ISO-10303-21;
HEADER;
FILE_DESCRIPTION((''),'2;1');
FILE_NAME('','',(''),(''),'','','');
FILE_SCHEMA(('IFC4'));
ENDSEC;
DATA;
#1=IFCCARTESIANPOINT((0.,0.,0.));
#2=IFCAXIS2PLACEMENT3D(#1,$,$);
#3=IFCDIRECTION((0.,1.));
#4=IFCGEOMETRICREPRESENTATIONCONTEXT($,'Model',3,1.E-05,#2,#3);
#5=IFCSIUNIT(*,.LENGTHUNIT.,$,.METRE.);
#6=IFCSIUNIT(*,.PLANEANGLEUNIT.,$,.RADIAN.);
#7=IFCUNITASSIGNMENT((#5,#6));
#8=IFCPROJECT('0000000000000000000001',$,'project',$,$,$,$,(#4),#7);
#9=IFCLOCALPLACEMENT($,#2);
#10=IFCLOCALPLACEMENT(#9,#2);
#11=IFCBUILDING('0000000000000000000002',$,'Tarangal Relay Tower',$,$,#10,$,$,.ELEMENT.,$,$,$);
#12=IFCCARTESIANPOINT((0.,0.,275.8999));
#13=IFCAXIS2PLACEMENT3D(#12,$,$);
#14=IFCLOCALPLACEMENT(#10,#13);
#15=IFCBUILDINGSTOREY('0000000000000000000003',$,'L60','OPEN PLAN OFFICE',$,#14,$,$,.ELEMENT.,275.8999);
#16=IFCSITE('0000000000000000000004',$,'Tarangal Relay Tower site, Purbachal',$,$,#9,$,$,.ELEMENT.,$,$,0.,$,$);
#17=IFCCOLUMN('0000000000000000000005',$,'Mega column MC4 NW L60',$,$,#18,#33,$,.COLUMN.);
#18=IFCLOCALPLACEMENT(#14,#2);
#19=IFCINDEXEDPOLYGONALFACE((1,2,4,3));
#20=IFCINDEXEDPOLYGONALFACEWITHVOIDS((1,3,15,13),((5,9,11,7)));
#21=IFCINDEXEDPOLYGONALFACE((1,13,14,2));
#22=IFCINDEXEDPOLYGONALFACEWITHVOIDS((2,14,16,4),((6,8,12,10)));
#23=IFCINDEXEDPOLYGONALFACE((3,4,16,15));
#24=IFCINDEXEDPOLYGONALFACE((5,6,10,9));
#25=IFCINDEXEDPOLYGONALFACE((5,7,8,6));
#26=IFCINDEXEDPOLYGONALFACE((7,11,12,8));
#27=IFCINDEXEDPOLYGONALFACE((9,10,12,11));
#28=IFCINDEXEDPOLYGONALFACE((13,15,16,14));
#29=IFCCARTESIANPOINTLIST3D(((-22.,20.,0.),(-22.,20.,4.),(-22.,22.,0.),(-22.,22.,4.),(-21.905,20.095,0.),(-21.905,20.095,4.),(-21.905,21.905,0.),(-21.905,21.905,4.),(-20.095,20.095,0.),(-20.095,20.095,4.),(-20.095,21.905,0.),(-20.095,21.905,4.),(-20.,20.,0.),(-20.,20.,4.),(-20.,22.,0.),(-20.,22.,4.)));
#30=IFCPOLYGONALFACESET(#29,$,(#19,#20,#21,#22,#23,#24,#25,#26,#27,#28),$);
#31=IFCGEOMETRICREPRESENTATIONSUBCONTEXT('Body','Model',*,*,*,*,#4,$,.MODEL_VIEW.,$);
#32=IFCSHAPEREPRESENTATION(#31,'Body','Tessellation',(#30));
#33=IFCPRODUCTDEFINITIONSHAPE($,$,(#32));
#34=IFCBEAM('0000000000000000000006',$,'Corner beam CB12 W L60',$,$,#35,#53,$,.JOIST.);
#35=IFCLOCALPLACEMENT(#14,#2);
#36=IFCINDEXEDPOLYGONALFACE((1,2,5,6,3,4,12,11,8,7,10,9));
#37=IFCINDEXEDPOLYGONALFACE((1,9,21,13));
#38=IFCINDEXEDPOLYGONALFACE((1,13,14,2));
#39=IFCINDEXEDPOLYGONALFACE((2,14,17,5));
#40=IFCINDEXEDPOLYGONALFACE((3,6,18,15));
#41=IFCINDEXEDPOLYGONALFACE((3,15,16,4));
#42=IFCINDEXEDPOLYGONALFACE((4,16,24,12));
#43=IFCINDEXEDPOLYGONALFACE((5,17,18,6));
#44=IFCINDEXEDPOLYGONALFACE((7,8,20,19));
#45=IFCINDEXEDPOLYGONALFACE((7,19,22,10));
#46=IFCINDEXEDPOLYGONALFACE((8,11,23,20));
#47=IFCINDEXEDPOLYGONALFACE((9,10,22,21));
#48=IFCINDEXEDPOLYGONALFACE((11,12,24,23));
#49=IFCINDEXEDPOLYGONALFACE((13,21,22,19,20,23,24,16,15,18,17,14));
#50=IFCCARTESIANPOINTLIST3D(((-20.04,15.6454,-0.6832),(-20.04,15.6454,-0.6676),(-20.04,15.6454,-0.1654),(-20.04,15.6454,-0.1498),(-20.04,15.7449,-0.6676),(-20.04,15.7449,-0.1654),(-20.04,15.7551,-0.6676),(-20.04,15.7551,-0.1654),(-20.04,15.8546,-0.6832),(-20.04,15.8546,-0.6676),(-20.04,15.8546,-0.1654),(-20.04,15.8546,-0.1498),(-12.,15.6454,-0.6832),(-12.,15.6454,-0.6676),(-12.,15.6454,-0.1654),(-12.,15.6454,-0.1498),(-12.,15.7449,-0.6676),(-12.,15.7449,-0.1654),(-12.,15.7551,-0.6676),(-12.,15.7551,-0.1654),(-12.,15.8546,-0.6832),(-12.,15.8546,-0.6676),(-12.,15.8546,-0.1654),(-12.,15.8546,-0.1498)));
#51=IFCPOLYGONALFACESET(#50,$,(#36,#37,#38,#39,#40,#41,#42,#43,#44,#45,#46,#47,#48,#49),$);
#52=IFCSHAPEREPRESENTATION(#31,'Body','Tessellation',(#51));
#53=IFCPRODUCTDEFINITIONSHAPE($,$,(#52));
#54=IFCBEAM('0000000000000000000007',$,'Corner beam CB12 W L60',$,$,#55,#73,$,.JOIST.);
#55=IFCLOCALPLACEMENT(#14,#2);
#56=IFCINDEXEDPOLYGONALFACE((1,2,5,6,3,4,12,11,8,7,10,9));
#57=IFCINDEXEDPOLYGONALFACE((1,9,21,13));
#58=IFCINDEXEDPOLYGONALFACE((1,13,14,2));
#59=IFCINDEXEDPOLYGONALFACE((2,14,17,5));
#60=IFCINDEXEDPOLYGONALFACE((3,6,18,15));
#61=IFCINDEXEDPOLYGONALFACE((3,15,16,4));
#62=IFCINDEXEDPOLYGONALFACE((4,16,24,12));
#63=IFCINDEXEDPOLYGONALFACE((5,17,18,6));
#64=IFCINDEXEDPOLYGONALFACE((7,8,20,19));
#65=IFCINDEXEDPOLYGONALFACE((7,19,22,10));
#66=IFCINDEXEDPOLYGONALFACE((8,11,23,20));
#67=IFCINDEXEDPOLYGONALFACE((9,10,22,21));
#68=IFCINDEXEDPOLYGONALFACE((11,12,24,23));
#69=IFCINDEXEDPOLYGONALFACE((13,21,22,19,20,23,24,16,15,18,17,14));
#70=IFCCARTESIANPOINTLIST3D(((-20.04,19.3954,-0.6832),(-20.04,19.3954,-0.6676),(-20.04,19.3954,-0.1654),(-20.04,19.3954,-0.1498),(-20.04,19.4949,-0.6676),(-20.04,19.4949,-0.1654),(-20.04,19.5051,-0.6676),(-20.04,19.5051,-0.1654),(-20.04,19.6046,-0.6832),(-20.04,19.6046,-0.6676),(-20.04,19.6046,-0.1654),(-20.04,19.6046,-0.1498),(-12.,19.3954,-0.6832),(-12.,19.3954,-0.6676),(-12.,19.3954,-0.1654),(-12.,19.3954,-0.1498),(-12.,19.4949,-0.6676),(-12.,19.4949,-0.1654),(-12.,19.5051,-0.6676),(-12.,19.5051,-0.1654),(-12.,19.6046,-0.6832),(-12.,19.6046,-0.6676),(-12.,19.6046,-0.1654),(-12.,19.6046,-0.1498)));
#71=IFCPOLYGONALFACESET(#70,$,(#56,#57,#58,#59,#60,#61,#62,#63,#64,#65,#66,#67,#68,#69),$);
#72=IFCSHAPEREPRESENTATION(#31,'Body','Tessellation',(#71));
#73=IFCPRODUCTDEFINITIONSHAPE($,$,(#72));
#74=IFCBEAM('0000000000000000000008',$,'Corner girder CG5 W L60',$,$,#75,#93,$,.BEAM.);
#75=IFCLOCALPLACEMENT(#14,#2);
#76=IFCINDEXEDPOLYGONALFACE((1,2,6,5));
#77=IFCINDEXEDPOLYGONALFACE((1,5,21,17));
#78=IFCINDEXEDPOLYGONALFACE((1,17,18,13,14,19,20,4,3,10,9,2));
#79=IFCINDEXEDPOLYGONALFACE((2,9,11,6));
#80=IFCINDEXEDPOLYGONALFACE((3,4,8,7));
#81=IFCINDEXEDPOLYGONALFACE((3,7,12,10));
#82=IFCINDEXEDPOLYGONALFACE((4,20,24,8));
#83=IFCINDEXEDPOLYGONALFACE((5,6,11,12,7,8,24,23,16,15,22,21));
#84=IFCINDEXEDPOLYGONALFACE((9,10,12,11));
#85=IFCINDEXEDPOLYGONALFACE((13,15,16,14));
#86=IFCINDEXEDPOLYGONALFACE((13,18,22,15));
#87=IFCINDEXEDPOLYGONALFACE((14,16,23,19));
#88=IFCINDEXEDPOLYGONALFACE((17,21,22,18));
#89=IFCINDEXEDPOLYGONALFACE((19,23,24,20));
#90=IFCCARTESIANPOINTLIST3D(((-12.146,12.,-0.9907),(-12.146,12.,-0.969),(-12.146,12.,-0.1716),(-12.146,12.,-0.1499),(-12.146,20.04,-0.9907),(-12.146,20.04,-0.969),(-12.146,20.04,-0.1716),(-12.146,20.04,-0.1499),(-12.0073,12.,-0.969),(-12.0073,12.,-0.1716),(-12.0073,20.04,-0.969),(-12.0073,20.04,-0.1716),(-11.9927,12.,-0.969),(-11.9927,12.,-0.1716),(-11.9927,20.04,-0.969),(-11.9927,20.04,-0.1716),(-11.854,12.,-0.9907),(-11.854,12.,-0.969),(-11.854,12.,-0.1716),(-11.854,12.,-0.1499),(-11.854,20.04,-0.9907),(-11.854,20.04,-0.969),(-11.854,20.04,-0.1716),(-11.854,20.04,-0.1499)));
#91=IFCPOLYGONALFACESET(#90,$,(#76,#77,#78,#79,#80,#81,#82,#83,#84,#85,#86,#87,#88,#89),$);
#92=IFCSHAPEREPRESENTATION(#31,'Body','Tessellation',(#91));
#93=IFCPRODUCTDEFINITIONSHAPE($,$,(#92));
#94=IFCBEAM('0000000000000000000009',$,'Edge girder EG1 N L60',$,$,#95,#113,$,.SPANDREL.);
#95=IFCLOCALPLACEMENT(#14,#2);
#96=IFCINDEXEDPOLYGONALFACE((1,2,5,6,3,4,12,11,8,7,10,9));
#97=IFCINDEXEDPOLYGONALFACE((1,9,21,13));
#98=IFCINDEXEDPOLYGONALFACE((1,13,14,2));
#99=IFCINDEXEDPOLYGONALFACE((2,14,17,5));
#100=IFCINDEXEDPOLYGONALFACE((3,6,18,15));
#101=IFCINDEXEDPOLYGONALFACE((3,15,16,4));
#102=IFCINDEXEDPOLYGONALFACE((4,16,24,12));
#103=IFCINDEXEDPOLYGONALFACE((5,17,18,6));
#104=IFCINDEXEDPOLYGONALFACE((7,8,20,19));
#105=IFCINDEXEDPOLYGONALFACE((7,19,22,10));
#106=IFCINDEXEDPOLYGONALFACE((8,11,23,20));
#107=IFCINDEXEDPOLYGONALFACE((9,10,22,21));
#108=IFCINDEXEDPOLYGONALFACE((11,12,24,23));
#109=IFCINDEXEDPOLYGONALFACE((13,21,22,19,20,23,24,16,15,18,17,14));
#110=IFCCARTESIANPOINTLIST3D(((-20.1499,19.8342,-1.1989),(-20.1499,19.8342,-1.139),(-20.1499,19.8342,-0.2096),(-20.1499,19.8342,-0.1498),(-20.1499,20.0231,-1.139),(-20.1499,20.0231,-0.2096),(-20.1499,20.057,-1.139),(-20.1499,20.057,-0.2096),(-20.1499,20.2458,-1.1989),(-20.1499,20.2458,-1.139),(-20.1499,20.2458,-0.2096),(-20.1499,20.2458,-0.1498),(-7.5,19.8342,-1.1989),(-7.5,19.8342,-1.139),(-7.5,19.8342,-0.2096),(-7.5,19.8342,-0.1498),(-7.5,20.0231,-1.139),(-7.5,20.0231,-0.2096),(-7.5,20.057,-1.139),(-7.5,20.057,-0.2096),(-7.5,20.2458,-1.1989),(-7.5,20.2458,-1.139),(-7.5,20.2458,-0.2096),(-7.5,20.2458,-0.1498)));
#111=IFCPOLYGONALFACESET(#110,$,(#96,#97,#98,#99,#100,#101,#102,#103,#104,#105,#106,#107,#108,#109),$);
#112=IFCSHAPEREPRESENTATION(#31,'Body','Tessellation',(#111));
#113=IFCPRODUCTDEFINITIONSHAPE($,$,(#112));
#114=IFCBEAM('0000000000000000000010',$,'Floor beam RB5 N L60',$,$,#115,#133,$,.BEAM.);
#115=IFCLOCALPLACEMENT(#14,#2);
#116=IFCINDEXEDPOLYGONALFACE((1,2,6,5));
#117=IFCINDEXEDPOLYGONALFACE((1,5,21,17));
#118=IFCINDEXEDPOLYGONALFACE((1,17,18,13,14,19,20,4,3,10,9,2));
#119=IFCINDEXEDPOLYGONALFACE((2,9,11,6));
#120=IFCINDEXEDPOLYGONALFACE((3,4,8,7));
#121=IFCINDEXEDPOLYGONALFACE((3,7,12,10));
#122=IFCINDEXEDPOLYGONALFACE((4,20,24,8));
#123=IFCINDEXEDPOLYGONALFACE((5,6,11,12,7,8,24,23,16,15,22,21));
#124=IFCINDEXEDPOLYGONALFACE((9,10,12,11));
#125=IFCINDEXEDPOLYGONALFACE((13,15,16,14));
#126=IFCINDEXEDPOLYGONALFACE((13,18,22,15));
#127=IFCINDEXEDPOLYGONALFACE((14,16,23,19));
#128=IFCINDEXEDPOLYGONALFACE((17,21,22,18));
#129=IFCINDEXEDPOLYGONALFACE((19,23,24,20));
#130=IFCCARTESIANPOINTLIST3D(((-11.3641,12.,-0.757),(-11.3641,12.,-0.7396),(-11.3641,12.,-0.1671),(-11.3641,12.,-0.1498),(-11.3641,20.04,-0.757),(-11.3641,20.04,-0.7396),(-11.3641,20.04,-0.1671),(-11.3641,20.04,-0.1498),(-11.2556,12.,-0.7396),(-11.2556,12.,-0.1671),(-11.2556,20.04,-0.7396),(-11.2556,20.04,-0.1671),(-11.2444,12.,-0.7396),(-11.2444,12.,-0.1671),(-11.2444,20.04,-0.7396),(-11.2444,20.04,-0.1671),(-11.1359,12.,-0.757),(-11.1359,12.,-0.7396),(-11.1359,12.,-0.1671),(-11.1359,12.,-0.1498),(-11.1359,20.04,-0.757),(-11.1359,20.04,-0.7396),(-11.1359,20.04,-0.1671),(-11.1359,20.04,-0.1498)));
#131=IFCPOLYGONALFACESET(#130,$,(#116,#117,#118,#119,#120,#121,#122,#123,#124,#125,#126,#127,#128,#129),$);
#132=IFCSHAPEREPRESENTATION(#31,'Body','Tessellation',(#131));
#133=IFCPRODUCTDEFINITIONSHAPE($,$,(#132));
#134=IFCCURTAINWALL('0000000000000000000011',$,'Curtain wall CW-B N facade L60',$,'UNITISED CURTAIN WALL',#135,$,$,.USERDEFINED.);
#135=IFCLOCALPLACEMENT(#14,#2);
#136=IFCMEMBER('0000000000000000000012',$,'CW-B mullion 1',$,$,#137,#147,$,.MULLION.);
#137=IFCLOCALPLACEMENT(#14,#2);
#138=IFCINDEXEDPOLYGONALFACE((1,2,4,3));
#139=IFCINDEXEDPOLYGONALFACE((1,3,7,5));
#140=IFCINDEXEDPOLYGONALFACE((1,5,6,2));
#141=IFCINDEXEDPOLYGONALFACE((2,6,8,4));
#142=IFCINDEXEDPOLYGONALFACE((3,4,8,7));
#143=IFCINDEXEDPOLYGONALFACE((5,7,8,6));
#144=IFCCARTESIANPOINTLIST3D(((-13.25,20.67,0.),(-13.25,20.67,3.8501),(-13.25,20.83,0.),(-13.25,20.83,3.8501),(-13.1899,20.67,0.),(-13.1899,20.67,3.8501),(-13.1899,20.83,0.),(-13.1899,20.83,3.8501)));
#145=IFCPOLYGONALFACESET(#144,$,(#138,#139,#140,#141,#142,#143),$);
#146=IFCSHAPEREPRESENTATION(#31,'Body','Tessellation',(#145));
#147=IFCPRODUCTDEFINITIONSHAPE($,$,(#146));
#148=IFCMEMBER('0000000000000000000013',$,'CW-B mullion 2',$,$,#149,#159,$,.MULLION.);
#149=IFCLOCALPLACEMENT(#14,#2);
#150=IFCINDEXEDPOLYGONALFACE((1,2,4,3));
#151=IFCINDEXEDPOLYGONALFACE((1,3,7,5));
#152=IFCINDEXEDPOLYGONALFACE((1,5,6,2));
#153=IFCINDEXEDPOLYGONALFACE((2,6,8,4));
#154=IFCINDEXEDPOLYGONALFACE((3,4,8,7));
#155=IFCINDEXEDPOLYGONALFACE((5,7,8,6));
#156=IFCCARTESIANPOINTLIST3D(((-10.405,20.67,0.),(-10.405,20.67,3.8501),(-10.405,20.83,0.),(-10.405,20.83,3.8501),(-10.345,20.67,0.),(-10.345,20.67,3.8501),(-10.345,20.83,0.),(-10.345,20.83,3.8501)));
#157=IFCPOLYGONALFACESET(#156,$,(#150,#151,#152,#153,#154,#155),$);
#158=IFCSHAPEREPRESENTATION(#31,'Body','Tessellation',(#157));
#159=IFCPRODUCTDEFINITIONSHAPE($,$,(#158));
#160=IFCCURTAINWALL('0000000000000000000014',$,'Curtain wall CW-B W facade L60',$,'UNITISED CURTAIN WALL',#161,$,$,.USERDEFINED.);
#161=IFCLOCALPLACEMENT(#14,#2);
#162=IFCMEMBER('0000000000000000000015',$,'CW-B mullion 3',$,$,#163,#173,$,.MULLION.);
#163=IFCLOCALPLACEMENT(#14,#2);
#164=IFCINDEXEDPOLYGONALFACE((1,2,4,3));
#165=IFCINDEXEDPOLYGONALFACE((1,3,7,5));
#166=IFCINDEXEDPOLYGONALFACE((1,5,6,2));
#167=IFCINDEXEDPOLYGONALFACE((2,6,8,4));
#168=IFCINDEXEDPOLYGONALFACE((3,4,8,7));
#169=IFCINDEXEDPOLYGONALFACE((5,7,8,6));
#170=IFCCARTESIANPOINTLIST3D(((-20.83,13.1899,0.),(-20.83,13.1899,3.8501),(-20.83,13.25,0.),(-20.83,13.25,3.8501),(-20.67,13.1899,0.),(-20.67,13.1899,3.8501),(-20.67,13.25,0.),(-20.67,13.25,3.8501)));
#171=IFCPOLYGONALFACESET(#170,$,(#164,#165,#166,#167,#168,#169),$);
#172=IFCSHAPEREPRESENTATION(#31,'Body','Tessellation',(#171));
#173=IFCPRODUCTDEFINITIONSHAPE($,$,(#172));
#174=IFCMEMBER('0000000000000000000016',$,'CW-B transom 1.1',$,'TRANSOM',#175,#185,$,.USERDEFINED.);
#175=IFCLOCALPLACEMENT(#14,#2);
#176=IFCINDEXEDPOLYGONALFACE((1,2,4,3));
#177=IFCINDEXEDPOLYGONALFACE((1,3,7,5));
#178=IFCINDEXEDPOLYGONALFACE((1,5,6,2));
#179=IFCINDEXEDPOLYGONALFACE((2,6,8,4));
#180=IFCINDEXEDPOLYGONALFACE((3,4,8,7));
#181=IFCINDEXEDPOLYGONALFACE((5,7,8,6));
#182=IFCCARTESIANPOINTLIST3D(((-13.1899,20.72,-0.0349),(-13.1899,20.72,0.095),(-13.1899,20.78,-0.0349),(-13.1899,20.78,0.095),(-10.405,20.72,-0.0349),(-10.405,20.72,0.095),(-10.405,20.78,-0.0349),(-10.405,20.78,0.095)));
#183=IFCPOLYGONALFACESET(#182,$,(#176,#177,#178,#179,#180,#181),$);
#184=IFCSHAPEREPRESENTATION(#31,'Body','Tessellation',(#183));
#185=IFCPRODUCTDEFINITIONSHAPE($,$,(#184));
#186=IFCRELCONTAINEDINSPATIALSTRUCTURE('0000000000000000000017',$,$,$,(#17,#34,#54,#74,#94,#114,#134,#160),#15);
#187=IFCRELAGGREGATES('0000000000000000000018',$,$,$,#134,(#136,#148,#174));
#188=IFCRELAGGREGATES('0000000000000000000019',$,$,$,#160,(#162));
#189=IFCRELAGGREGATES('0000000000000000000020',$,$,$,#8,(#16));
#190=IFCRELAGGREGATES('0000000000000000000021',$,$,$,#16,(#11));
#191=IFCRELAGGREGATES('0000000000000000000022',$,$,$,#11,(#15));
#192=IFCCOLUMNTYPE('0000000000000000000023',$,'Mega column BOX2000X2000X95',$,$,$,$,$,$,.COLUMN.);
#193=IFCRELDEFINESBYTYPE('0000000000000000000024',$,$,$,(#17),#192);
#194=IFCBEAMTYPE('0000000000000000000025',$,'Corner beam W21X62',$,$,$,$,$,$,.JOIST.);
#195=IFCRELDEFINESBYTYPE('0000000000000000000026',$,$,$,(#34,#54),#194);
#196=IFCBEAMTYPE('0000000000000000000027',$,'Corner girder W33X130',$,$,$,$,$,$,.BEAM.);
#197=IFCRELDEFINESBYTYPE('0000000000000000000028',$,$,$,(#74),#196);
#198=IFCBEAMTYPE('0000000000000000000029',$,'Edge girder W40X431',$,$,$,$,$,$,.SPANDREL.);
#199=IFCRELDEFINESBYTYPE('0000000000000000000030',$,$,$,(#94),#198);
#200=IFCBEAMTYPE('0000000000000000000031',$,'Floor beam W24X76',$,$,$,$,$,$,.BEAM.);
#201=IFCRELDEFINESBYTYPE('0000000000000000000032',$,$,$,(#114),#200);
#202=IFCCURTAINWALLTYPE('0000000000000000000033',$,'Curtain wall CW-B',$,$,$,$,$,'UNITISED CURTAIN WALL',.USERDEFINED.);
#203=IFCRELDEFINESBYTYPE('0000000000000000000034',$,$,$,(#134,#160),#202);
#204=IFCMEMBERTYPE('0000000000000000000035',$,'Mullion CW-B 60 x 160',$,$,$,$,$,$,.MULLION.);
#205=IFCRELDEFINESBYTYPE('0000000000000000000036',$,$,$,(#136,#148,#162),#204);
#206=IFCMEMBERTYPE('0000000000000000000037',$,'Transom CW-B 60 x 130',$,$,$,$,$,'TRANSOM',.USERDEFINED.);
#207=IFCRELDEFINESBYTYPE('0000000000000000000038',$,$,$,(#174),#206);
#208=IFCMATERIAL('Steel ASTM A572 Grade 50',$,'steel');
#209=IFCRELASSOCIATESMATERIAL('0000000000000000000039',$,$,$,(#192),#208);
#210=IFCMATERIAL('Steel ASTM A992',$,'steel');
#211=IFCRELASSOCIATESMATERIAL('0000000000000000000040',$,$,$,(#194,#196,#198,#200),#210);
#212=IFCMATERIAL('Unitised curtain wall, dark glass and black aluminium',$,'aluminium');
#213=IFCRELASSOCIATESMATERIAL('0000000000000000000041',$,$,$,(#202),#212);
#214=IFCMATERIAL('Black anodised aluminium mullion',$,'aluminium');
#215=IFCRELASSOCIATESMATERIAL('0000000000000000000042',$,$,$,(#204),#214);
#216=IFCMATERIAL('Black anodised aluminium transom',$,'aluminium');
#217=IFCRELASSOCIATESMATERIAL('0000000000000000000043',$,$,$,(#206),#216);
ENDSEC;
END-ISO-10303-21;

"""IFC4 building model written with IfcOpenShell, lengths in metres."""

from ifc_helpers import new_model, si_unit, direction, frame, origin, origin_2d, place, context, subcontext, project, spatial, rectangle, hollow_rectangle, i_section, extrude, material, material_profile, profile_set, type_object, element, aggregate, save


model = new_model("IFC4")

# Units and contexts
model_context = context("Model", 3, precision=1e-05, world=origin(), true_north=direction((0.0, 1.0)))
body_context = subcontext(model_context, "Body", "Model", "MODEL_VIEW")
ifc_project = project(units=[si_unit("LENGTHUNIT", "METRE"), si_unit("PLANEANGLEUNIT", "RADIAN")], contexts=[model_context])

# Site, building, storey
site_placement = place(None, origin())
site = spatial("IfcSite", under=ifc_project, at=site_placement, Name="Tarangal Relay Tower site, Purbachal", CompositionType="ELEMENT", RefElevation=0.0)
building_placement = place(site_placement, origin())
building = spatial("IfcBuilding", under=site, at=building_placement, Name="Tarangal Relay Tower", CompositionType="ELEMENT")
storey_placement = place(building_placement, frame((0.0, 0.0, 275.8999)))
storey = spatial("IfcBuildingStorey", under=building, at=storey_placement, Name="L60", Description="OPEN PLAN OFFICE", CompositionType="ELEMENT", Elevation=275.8999)

# Column
ifc_material_1 = material(Name="Steel ASTM A572 Grade 50", Category="steel")
ifc_material_profile_1 = material_profile(ifc_material_1, hollow_rectangle(XDim=2.0, YDim=2.0, WallThickness=0.095, at=origin_2d()), Name="BOX2000X2000X95")
ifc_profile_set_1 = profile_set([ifc_material_profile_1], Name="Steel ASTM A572 Grade 50")
column_type = type_object("IfcColumnType", Name="Mega column BOX2000X2000X95", PredefinedType="COLUMN", material=ifc_profile_set_1)
column_placement = place(storey_placement, frame((-21.0, 21.0, 0.0), z_axis=(0.0, 0.0, 1.0), x_axis=(1.0, 0.0, 0.0)))
element("IfcColumn", 1, at=column_placement, inside=storey, type_object=column_type, Name="Mega column MC4 NW L60", PredefinedType="COLUMN", context=body_context, shape_type="SweptSolid", body=[
    extrude(hollow_rectangle(XDim=2.0, YDim=2.0, WallThickness=0.095, at=origin_2d()), origin(), (0.0, 0.0, 1.0), 4.0),
])

# Beams
ifc_material_2 = material(Name="Steel ASTM A992", Category="steel")
ifc_material_profile_2 = material_profile(ifc_material_2, i_section(OverallWidth=0.2092, OverallDepth=0.5334, WebThickness=0.0103, FlangeThickness=0.0156, at=origin_2d()), Name="W21X62")
ifc_profile_set_2 = profile_set([ifc_material_profile_2], Name="Steel ASTM A992")
beam_type_1 = type_object("IfcBeamType", Name="Corner beam W21X62", PredefinedType="JOIST", material=ifc_profile_set_2)
for number, where, z_axis, x_axis, name in (
    (2, (-12.0, 15.75, -0.4165), (-1.0, 0.0, 0.0), (0.0, -1.0, 0.0), "Corner beam CB12 W L60"),
    (3, (-12.0, 19.5, -0.4165), (-1.0, 0.0, 0.0), (0.0, -1.0, 0.0), "Corner beam CB12 W L60"),
):
    element("IfcBeam", number, at=place(storey_placement, frame(where, z_axis=z_axis, x_axis=x_axis)), inside=storey, type_object=beam_type_1, Name=name, PredefinedType="JOIST", context=body_context, shape_type="SweptSolid", body=[
        extrude(i_section(OverallWidth=0.2092, OverallDepth=0.5334, WebThickness=0.0103, FlangeThickness=0.0156, at=origin_2d()), origin(), (0.0, 0.0, 1.0), 8.04),
    ])
ifc_material_profile_3 = material_profile(ifc_material_2, i_section(OverallWidth=0.292, OverallDepth=0.8408, WebThickness=0.0146, FlangeThickness=0.0217, at=origin_2d()), Name="W33X130")
ifc_profile_set_3 = profile_set([ifc_material_profile_3], Name="Steel ASTM A992")
beam_type_2 = type_object("IfcBeamType", Name="Corner girder W33X130", PredefinedType="BEAM", material=ifc_profile_set_3)
beam_1_placement = place(storey_placement, frame((-12.0, 12.0, -0.5703), z_axis=(0.0, 1.0, 0.0), x_axis=(-1.0, 0.0, 0.0)))
element("IfcBeam", 4, at=beam_1_placement, inside=storey, type_object=beam_type_2, Name="Corner girder CG5 W L60", PredefinedType="BEAM", context=body_context, shape_type="SweptSolid", body=[
    extrude(i_section(OverallWidth=0.292, OverallDepth=0.8408, WebThickness=0.0146, FlangeThickness=0.0217, at=origin_2d()), origin(), (0.0, 0.0, 1.0), 8.04),
])
ifc_material_profile_4 = material_profile(ifc_material_2, i_section(OverallWidth=0.4116, OverallDepth=1.0491, WebThickness=0.0339, FlangeThickness=0.0598, at=origin_2d()), Name="W40X431")
ifc_profile_set_4 = profile_set([ifc_material_profile_4], Name="Steel ASTM A992")
beam_type_3 = type_object("IfcBeamType", Name="Edge girder W40X431", PredefinedType="SPANDREL", material=ifc_profile_set_4)
beam_2_placement = place(storey_placement, frame((-20.1499, 20.04, -0.6743), z_axis=(1.0, 0.0, 0.0), x_axis=(0.0, 1.0, 0.0)))
element("IfcBeam", 5, at=beam_2_placement, inside=storey, type_object=beam_type_3, Name="Edge girder EG1 N L60", PredefinedType="SPANDREL", context=body_context, shape_type="SweptSolid", body=[
    extrude(i_section(OverallWidth=0.4116, OverallDepth=1.0491, WebThickness=0.0339, FlangeThickness=0.0598, at=origin_2d()), origin(), (0.0, 0.0, 1.0), 12.6499),
])
ifc_material_profile_5 = material_profile(ifc_material_2, i_section(OverallWidth=0.2283, OverallDepth=0.6072, WebThickness=0.0112, FlangeThickness=0.0173, at=origin_2d()), Name="W24X76")
ifc_profile_set_5 = profile_set([ifc_material_profile_5], Name="Steel ASTM A992")
beam_type_4 = type_object("IfcBeamType", Name="Floor beam W24X76", PredefinedType="BEAM", material=ifc_profile_set_5)
beam_3_placement = place(storey_placement, frame((-11.25, 12.0, -0.4534), z_axis=(0.0, 1.0, 0.0), x_axis=(-1.0, 0.0, 0.0)))
element("IfcBeam", 6, at=beam_3_placement, inside=storey, type_object=beam_type_4, Name="Floor beam RB5 N L60", PredefinedType="BEAM", context=body_context, shape_type="SweptSolid", body=[
    extrude(i_section(OverallWidth=0.2283, OverallDepth=0.6072, WebThickness=0.0112, FlangeThickness=0.0173, at=origin_2d()), origin(), (0.0, 0.0, 1.0), 8.04),
])

# Curtain wall, members
ifc_material_3 = material(Name="Unitised curtain wall, dark glass and black aluminium", Category="aluminium")
curtain_wall_type = type_object("IfcCurtainWallType", Name="Curtain wall CW-B", ElementType="UNITISED CURTAIN WALL", PredefinedType="USERDEFINED", material=ifc_material_3)
curtain_wall_1_placement = place(storey_placement, origin())
curtain_wall_1 = element("IfcCurtainWall", 7, at=curtain_wall_1_placement, inside=storey, type_object=curtain_wall_type, Name="Curtain wall CW-B N facade L60", ObjectType="UNITISED CURTAIN WALL", PredefinedType="USERDEFINED")
ifc_material_4 = material(Name="Black anodised aluminium mullion", Category="aluminium")
ifc_material_profile_6 = material_profile(ifc_material_4, rectangle(XDim=0.1599, YDim=0.0601, at=origin_2d()), Name="CW-BM 60X160")
ifc_profile_set_6 = profile_set([ifc_material_profile_6], Name="Black anodised aluminium mullion")
member_type_1 = type_object("IfcMemberType", Name="Mullion CW-B 60 x 160", PredefinedType="MULLION", material=ifc_profile_set_6)
member_1_placement = place(storey_placement, frame((-13.22, 20.75, 0.0), z_axis=(0.0, 0.0, 1.0), x_axis=(0.0, 1.0, 0.0)))
member_1 = element("IfcMember", 8, at=member_1_placement, type_object=member_type_1, Name="CW-B mullion 1", PredefinedType="MULLION", context=body_context, shape_type="SweptSolid", body=[
    extrude(rectangle(XDim=0.1599, YDim=0.0601, at=origin_2d()), origin(), (0.0, 0.0, 1.0), 3.8501),
])
member_2_placement = place(storey_placement, frame((-10.375, 20.75, 0.0), z_axis=(0.0, 0.0, 1.0), x_axis=(0.0, 1.0, 0.0)))
member_2 = element("IfcMember", 9, at=member_2_placement, type_object=member_type_1, Name="CW-B mullion 2", PredefinedType="MULLION", context=body_context, shape_type="SweptSolid", body=[
    extrude(rectangle(XDim=0.1599, YDim=0.0601, at=origin_2d()), origin(), (0.0, 0.0, 1.0), 3.8501),
])

# Curtain wall, member
curtain_wall_2_placement = place(storey_placement, origin())
curtain_wall_2 = element("IfcCurtainWall", 10, at=curtain_wall_2_placement, inside=storey, type_object=curtain_wall_type, Name="Curtain wall CW-B W facade L60", ObjectType="UNITISED CURTAIN WALL", PredefinedType="USERDEFINED")
member_3_placement = place(storey_placement, frame((-20.75, 13.22, 0.0), z_axis=(0.0, 0.0, 1.0), x_axis=(-1.0, 0.0, 0.0)))
member_3 = element("IfcMember", 11, at=member_3_placement, type_object=member_type_1, Name="CW-B mullion 3", PredefinedType="MULLION", context=body_context, shape_type="SweptSolid", body=[
    extrude(rectangle(XDim=0.1599, YDim=0.0601, at=origin_2d()), origin(), (0.0, 0.0, 1.0), 3.8501),
])

# Member
ifc_material_5 = material(Name="Black anodised aluminium transom", Category="aluminium")
ifc_material_profile_7 = material_profile(ifc_material_5, rectangle(XDim=0.0601, YDim=0.1299, at=origin_2d()), Name="CW-BT 60X130")
ifc_profile_set_7 = profile_set([ifc_material_profile_7], Name="Black anodised aluminium transom")
member_type_2 = type_object("IfcMemberType", Name="Transom CW-B 60 x 130", ElementType="TRANSOM", PredefinedType="USERDEFINED", material=ifc_profile_set_7)
member_4_placement = place(storey_placement, frame((-13.1899, 20.75, 0.03), z_axis=(1.0, 0.0, 0.0), x_axis=(0.0, 1.0, 0.0)))
member_4 = element("IfcMember", 12, at=member_4_placement, type_object=member_type_2, Name="CW-B transom 1.1", ObjectType="TRANSOM", PredefinedType="USERDEFINED", context=body_context, shape_type="SweptSolid", body=[
    extrude(rectangle(XDim=0.0601, YDim=0.1299, at=origin_2d()), origin(), (0.0, 0.0, 1.0), 2.7849),
])

aggregate(curtain_wall_1, [member_1, member_2, member_4])
aggregate(curtain_wall_2, [member_3])

save(model, "model.ifc")
